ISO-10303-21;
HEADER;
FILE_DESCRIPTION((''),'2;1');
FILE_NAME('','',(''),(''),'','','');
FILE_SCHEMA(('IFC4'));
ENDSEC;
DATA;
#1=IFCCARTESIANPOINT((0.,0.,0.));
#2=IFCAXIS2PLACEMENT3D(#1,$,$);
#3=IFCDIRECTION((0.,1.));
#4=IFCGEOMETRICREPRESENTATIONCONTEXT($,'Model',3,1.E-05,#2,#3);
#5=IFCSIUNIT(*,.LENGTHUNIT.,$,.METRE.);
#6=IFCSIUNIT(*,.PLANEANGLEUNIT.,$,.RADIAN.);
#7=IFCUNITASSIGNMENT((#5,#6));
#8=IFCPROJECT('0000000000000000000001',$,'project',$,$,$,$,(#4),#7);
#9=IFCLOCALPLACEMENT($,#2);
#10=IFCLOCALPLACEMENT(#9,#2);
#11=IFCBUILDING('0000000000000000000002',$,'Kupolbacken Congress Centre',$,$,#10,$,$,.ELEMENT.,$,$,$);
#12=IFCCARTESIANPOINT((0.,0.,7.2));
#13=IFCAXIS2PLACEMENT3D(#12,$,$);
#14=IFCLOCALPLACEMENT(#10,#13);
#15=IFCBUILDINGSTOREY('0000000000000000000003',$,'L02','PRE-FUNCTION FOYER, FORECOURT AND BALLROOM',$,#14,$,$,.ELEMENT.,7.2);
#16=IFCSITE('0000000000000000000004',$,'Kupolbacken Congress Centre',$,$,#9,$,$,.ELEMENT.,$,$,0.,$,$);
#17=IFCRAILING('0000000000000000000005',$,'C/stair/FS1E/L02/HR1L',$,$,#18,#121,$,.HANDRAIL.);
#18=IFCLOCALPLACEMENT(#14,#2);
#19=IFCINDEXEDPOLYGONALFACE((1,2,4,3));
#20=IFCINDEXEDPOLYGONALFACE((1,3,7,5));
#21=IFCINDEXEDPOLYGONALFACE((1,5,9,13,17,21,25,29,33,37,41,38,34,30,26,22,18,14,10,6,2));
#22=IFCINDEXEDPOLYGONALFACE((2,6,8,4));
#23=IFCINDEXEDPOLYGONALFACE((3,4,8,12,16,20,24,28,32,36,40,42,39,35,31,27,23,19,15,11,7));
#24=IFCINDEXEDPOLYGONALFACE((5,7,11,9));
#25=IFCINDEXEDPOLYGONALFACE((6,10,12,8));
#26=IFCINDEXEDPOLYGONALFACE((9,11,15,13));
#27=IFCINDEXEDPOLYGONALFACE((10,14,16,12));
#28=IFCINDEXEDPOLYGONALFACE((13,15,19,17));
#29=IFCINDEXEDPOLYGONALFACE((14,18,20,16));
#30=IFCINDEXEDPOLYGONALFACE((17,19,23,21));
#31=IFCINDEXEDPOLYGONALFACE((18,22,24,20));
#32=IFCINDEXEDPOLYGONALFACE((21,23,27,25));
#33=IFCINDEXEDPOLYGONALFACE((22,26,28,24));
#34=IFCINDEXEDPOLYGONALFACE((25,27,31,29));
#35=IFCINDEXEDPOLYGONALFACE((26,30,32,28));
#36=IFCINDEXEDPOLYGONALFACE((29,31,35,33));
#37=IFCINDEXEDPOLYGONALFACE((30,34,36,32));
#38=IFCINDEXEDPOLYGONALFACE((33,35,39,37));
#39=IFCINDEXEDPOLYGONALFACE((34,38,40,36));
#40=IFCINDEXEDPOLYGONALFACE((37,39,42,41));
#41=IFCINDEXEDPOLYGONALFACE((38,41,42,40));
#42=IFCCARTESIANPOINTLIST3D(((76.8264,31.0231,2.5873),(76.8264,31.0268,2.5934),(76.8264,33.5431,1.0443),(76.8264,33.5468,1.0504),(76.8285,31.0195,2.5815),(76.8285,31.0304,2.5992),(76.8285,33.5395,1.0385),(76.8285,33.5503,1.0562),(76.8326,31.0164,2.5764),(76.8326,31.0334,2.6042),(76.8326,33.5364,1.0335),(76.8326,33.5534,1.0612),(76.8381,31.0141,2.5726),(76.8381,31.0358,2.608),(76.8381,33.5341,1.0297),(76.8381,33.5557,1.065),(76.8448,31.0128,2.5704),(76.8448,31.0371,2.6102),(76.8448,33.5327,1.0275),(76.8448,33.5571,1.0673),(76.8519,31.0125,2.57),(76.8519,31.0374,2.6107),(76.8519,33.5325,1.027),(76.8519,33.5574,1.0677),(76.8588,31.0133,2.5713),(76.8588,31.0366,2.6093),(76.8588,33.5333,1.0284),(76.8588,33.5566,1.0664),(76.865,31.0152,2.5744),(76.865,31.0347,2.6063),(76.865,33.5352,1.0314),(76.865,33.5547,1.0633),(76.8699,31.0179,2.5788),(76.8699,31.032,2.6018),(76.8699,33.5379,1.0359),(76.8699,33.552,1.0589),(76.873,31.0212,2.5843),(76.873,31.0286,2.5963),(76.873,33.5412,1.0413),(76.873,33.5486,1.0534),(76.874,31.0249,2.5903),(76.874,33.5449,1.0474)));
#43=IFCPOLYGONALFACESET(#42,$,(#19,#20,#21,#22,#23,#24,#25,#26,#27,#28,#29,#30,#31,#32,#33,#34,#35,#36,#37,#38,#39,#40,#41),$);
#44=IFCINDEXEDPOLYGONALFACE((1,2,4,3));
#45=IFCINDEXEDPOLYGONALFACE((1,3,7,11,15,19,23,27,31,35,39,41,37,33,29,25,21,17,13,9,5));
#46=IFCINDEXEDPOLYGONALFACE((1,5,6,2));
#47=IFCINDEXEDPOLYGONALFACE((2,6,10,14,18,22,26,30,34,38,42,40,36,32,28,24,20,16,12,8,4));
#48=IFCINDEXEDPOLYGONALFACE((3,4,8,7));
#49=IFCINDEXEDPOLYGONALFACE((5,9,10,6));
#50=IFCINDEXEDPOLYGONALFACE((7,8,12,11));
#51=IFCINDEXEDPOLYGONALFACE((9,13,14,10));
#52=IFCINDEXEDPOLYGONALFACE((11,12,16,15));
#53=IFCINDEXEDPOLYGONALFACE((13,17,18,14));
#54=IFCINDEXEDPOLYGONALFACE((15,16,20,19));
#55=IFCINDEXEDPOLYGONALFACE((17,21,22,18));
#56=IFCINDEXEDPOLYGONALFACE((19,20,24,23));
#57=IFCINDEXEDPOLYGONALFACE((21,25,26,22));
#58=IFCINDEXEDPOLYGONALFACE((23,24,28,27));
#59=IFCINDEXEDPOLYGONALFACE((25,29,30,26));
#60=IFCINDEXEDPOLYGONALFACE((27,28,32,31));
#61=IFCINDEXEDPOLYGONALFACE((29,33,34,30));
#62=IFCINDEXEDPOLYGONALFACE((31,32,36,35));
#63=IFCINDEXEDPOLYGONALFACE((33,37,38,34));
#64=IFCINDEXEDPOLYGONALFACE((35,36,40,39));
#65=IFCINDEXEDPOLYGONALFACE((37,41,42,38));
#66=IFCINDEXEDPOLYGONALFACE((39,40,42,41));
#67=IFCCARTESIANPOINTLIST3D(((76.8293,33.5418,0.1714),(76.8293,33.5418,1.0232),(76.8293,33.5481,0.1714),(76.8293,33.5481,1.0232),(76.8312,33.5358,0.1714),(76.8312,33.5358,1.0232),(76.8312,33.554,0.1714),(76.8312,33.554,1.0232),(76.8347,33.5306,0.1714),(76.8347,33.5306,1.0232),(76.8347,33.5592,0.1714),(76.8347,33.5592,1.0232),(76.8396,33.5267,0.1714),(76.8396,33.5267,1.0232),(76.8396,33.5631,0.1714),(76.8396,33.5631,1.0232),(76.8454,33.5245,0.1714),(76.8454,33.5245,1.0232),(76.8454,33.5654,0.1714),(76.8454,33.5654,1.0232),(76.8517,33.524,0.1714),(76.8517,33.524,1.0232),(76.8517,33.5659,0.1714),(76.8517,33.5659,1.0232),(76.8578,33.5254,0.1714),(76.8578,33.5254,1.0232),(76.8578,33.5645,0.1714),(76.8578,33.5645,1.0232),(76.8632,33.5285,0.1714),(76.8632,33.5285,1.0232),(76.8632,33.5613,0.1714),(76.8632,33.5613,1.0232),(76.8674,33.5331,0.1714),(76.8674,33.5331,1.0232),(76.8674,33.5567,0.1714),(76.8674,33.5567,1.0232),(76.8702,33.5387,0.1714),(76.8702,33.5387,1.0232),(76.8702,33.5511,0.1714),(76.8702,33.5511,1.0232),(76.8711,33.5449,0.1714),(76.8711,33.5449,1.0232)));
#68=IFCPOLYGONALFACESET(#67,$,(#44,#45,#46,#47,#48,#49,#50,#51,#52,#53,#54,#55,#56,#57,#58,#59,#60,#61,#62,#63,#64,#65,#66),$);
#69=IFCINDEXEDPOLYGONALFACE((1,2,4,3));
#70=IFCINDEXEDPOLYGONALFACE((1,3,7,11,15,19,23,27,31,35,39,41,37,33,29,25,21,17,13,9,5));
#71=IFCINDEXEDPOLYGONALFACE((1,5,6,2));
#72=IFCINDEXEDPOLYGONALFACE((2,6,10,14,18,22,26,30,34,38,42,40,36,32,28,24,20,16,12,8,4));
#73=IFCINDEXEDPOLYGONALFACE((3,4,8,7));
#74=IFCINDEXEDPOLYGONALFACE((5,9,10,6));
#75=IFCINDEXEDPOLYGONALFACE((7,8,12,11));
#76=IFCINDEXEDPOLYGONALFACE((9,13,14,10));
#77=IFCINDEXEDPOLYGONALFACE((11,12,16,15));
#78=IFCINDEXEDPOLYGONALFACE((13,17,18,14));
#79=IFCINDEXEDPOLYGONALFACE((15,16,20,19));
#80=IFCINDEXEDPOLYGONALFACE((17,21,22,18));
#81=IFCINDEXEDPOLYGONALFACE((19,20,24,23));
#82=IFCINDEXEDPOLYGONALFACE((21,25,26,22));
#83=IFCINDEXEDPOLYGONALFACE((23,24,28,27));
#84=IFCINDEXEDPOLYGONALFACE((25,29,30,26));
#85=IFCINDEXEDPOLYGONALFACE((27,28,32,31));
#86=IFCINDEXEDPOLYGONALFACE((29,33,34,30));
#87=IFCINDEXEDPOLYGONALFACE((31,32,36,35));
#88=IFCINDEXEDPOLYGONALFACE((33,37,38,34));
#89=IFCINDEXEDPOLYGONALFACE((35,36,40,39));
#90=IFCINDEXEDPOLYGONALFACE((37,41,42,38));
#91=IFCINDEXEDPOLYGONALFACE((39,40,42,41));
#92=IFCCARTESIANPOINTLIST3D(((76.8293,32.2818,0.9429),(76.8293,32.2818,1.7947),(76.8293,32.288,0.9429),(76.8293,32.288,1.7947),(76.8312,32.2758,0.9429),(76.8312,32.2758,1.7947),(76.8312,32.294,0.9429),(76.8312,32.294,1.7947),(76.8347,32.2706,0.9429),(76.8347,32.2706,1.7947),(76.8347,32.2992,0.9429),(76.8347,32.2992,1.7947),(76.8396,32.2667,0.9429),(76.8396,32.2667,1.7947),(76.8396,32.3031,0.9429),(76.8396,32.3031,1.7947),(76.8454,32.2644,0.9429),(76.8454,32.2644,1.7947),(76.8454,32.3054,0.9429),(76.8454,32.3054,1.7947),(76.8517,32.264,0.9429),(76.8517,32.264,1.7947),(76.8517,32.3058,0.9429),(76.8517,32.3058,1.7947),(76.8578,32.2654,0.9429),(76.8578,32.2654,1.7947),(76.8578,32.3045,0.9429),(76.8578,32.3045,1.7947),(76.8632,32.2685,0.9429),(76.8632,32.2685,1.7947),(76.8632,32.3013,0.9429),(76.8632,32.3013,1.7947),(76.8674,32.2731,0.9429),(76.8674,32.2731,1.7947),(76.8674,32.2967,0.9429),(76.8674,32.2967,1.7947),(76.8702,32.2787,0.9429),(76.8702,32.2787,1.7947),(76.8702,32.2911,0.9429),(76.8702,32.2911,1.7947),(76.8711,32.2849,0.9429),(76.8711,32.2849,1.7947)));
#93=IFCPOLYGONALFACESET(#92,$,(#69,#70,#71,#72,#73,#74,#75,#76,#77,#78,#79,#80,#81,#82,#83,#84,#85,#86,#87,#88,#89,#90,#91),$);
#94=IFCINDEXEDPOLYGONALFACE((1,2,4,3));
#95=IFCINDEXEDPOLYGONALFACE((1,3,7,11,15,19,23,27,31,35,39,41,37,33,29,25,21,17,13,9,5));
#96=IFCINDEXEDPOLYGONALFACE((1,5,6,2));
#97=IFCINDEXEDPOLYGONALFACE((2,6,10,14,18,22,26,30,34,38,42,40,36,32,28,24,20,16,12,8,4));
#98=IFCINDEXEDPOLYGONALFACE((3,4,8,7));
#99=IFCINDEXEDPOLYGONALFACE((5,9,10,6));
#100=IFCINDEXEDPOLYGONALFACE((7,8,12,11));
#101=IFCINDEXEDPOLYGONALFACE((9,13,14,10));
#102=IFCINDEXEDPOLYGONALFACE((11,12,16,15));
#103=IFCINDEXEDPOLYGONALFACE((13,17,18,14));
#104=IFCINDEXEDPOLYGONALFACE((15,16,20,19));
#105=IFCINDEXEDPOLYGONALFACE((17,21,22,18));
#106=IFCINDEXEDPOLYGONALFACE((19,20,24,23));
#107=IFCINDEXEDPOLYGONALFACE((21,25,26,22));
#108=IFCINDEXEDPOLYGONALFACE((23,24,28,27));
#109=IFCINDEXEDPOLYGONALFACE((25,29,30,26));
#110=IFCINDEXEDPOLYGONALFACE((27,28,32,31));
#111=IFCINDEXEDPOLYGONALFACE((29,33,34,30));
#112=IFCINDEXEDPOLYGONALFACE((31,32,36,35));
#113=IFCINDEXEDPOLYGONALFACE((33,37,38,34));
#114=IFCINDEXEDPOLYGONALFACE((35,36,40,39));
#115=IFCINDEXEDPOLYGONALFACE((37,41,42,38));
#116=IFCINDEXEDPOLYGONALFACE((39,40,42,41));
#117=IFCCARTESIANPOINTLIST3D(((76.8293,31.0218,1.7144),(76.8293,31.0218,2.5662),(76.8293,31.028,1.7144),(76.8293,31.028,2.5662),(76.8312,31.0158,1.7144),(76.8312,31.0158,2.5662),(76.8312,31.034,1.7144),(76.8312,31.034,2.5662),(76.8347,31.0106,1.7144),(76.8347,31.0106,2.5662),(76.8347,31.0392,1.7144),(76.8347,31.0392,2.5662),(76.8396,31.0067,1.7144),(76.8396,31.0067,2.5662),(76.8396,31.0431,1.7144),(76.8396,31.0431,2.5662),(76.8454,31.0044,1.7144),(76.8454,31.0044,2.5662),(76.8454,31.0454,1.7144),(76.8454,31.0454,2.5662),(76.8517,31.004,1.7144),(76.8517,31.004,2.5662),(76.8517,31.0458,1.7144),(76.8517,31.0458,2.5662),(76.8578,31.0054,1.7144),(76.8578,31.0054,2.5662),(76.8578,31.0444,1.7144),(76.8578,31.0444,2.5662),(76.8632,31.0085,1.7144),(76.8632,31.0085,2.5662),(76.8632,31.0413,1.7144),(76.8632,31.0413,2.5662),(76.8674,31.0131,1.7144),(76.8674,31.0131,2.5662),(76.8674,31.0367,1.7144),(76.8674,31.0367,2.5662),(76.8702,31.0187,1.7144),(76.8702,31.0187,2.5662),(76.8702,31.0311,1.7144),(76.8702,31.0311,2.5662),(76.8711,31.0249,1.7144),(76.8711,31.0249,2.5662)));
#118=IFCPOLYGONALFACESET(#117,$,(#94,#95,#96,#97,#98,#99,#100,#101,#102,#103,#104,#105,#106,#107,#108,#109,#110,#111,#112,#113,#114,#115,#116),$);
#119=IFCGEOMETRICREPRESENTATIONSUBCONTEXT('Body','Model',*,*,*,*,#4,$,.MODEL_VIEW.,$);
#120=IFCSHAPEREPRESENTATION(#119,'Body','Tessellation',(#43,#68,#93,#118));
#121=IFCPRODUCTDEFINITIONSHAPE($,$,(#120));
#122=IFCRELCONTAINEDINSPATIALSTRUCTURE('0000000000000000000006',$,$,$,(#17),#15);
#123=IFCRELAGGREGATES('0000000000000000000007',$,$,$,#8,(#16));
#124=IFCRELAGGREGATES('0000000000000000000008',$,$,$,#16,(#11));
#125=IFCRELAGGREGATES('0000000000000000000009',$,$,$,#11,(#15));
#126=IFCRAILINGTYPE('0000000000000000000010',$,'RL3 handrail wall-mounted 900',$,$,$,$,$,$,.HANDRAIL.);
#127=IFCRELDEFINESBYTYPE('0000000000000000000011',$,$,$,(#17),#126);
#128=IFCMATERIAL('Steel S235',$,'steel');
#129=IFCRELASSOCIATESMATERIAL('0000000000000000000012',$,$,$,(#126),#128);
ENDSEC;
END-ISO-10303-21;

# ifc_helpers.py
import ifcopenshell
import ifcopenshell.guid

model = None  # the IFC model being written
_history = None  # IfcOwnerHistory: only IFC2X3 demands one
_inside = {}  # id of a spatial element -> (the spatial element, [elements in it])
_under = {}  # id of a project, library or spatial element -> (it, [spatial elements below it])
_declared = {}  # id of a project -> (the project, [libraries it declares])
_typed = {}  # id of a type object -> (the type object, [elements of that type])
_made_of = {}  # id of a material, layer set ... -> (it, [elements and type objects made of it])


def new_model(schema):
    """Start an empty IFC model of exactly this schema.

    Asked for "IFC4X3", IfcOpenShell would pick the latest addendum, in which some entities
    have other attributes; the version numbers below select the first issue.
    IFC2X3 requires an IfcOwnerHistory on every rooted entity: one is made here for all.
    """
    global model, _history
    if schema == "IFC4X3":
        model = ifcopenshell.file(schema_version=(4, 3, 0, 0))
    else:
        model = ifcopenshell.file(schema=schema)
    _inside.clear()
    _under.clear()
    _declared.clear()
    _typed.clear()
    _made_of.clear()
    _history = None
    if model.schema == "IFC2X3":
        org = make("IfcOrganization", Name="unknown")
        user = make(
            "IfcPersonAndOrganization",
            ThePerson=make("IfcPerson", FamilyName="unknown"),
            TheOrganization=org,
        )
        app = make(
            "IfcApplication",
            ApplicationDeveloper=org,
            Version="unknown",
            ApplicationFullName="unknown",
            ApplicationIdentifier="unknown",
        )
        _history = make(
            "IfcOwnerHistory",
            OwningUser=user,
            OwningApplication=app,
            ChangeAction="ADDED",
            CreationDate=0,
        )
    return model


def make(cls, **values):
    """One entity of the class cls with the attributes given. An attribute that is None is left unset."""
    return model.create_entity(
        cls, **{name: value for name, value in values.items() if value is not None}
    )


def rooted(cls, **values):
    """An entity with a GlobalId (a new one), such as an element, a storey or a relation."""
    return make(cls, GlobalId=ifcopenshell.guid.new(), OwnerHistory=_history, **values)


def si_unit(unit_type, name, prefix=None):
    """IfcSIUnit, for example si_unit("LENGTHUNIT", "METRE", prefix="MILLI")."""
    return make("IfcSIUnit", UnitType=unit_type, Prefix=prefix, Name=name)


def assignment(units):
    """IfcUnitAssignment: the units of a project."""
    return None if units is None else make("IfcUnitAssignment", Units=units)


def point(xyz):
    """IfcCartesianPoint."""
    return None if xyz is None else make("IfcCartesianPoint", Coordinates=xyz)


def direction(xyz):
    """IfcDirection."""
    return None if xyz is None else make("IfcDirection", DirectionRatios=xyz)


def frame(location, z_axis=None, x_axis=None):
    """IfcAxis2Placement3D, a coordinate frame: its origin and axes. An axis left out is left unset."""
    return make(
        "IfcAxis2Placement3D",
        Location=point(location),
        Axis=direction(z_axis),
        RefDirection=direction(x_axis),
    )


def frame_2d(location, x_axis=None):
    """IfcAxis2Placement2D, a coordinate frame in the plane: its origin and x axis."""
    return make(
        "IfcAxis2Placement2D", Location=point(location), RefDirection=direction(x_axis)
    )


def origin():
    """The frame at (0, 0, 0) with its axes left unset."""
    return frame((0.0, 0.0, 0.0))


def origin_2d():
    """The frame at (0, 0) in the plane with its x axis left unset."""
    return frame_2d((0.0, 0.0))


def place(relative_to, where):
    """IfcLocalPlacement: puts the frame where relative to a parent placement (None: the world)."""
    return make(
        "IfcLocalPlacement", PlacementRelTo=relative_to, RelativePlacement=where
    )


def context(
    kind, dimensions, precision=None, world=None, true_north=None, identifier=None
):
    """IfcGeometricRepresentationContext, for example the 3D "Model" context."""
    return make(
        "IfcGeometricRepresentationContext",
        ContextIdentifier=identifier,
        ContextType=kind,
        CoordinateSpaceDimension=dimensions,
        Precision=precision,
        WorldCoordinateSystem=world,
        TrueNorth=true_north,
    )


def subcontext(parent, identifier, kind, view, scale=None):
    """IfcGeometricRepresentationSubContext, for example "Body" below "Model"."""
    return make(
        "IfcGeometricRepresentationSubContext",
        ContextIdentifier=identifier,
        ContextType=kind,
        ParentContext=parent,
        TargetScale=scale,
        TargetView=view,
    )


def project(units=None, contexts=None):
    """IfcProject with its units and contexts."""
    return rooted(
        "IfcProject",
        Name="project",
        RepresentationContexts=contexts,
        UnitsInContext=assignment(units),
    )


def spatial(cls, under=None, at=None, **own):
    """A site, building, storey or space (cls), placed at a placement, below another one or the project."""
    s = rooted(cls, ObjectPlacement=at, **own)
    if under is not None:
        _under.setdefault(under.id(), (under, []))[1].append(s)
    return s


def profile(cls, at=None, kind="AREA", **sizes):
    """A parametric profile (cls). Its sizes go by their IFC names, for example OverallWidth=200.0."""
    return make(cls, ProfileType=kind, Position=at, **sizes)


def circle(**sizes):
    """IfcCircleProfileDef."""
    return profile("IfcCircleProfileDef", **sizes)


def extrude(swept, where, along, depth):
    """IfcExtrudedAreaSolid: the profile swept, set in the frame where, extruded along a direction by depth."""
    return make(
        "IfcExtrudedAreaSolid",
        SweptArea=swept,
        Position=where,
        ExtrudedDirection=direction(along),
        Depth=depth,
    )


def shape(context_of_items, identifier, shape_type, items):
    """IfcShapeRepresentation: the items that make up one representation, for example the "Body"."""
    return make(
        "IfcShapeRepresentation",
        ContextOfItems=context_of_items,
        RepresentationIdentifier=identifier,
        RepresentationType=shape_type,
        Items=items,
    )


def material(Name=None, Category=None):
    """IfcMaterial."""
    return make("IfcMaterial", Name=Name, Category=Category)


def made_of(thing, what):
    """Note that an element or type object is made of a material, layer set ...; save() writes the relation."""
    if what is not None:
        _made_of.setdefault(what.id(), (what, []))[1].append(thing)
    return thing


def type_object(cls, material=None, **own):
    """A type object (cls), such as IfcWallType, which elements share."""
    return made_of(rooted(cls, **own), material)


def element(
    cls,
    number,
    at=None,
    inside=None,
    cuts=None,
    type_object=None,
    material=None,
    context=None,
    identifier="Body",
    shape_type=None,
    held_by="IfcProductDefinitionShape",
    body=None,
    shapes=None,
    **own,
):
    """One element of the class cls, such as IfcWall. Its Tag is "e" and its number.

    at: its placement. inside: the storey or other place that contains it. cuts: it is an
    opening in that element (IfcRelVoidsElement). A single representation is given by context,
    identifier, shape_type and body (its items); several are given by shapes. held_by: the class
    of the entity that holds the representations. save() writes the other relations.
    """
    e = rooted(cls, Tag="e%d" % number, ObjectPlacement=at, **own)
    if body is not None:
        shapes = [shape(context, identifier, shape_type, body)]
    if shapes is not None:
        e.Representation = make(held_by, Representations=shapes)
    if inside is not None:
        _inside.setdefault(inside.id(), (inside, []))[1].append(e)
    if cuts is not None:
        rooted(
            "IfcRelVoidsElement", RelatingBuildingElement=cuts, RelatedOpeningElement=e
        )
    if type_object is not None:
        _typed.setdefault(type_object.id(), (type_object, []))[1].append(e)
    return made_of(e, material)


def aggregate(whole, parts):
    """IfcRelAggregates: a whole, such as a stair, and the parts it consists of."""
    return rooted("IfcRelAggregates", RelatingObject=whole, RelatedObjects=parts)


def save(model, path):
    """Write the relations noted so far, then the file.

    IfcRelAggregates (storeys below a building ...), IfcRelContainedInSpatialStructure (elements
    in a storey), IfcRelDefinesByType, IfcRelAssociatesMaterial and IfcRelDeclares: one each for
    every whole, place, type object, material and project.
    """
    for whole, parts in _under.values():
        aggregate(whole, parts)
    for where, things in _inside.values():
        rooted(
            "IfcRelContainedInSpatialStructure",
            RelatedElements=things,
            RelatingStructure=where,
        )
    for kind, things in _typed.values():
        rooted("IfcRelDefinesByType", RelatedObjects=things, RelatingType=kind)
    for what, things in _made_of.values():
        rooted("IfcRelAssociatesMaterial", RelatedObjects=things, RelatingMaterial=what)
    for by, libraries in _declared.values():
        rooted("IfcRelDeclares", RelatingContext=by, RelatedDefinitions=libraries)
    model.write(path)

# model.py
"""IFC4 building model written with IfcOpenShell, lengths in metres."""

from ifc_helpers import new_model, si_unit, direction, frame, origin, origin_2d, place, context, subcontext, project, spatial, circle, extrude, material, type_object, element, save


model = new_model("IFC4")

# Units and contexts
model_context = context("Model", 3, precision=1e-05, world=origin(), true_north=direction((0.0, 1.0)))
body_context = subcontext(model_context, "Body", "Model", "MODEL_VIEW")
ifc_project = project(units=[si_unit("LENGTHUNIT", "METRE"), si_unit("PLANEANGLEUNIT", "RADIAN")], contexts=[model_context])

# Site, building, storey
site_placement = place(None, origin())
site = spatial("IfcSite", under=ifc_project, at=site_placement, Name="Kupolbacken Congress Centre", CompositionType="ELEMENT", RefElevation=0.0)
building_placement = place(site_placement, origin())
building = spatial("IfcBuilding", under=site, at=building_placement, Name="Kupolbacken Congress Centre", CompositionType="ELEMENT")
storey_placement = place(building_placement, frame((0.0, 0.0, 7.2)))
storey = spatial("IfcBuildingStorey", under=building, at=storey_placement, Name="L02", Description="PRE-FUNCTION FOYER, FORECOURT AND BALLROOM", CompositionType="ELEMENT", Elevation=7.2)

# Railing
ifc_material_1 = material(Name="Steel S235", Category="steel")
railing_type_1 = type_object("IfcRailingType", Name="RL3 handrail wall-mounted 900", PredefinedType="HANDRAIL", material=ifc_material_1)
railing_1_placement = place(storey_placement, frame((76.8501, 33.5449, 0.1714)))
element("IfcRailing", 1, at=railing_1_placement, inside=storey, type_object=railing_type_1, Name="C/stair/FS1E/L02/HR1L", PredefinedType="HANDRAIL", context=body_context, shape_type="SweptSolid", body=[
    extrude(circle(Radius=0.0239, at=origin_2d()), frame((0.0, 0.0, 0.876), z_axis=(0.0, -0.852836, 0.522178), x_axis=(1.0, 0.0, 0.0)), (0.0, 0.0, 1.0), 2.9548),
    extrude(circle(Radius=0.021, at=origin_2d()), origin(), (0.0, 0.0, 1.0), 0.8518),
    extrude(circle(Radius=0.021, at=origin_2d()), frame((0.0, -1.26, 0.7715)), (0.0, 0.0, 1.0), 0.8518),
    extrude(circle(Radius=0.021, at=origin_2d()), frame((0.0, -2.52, 1.543)), (0.0, 0.0, 1.0), 0.8518),
])

save(model, "model.ifc")
